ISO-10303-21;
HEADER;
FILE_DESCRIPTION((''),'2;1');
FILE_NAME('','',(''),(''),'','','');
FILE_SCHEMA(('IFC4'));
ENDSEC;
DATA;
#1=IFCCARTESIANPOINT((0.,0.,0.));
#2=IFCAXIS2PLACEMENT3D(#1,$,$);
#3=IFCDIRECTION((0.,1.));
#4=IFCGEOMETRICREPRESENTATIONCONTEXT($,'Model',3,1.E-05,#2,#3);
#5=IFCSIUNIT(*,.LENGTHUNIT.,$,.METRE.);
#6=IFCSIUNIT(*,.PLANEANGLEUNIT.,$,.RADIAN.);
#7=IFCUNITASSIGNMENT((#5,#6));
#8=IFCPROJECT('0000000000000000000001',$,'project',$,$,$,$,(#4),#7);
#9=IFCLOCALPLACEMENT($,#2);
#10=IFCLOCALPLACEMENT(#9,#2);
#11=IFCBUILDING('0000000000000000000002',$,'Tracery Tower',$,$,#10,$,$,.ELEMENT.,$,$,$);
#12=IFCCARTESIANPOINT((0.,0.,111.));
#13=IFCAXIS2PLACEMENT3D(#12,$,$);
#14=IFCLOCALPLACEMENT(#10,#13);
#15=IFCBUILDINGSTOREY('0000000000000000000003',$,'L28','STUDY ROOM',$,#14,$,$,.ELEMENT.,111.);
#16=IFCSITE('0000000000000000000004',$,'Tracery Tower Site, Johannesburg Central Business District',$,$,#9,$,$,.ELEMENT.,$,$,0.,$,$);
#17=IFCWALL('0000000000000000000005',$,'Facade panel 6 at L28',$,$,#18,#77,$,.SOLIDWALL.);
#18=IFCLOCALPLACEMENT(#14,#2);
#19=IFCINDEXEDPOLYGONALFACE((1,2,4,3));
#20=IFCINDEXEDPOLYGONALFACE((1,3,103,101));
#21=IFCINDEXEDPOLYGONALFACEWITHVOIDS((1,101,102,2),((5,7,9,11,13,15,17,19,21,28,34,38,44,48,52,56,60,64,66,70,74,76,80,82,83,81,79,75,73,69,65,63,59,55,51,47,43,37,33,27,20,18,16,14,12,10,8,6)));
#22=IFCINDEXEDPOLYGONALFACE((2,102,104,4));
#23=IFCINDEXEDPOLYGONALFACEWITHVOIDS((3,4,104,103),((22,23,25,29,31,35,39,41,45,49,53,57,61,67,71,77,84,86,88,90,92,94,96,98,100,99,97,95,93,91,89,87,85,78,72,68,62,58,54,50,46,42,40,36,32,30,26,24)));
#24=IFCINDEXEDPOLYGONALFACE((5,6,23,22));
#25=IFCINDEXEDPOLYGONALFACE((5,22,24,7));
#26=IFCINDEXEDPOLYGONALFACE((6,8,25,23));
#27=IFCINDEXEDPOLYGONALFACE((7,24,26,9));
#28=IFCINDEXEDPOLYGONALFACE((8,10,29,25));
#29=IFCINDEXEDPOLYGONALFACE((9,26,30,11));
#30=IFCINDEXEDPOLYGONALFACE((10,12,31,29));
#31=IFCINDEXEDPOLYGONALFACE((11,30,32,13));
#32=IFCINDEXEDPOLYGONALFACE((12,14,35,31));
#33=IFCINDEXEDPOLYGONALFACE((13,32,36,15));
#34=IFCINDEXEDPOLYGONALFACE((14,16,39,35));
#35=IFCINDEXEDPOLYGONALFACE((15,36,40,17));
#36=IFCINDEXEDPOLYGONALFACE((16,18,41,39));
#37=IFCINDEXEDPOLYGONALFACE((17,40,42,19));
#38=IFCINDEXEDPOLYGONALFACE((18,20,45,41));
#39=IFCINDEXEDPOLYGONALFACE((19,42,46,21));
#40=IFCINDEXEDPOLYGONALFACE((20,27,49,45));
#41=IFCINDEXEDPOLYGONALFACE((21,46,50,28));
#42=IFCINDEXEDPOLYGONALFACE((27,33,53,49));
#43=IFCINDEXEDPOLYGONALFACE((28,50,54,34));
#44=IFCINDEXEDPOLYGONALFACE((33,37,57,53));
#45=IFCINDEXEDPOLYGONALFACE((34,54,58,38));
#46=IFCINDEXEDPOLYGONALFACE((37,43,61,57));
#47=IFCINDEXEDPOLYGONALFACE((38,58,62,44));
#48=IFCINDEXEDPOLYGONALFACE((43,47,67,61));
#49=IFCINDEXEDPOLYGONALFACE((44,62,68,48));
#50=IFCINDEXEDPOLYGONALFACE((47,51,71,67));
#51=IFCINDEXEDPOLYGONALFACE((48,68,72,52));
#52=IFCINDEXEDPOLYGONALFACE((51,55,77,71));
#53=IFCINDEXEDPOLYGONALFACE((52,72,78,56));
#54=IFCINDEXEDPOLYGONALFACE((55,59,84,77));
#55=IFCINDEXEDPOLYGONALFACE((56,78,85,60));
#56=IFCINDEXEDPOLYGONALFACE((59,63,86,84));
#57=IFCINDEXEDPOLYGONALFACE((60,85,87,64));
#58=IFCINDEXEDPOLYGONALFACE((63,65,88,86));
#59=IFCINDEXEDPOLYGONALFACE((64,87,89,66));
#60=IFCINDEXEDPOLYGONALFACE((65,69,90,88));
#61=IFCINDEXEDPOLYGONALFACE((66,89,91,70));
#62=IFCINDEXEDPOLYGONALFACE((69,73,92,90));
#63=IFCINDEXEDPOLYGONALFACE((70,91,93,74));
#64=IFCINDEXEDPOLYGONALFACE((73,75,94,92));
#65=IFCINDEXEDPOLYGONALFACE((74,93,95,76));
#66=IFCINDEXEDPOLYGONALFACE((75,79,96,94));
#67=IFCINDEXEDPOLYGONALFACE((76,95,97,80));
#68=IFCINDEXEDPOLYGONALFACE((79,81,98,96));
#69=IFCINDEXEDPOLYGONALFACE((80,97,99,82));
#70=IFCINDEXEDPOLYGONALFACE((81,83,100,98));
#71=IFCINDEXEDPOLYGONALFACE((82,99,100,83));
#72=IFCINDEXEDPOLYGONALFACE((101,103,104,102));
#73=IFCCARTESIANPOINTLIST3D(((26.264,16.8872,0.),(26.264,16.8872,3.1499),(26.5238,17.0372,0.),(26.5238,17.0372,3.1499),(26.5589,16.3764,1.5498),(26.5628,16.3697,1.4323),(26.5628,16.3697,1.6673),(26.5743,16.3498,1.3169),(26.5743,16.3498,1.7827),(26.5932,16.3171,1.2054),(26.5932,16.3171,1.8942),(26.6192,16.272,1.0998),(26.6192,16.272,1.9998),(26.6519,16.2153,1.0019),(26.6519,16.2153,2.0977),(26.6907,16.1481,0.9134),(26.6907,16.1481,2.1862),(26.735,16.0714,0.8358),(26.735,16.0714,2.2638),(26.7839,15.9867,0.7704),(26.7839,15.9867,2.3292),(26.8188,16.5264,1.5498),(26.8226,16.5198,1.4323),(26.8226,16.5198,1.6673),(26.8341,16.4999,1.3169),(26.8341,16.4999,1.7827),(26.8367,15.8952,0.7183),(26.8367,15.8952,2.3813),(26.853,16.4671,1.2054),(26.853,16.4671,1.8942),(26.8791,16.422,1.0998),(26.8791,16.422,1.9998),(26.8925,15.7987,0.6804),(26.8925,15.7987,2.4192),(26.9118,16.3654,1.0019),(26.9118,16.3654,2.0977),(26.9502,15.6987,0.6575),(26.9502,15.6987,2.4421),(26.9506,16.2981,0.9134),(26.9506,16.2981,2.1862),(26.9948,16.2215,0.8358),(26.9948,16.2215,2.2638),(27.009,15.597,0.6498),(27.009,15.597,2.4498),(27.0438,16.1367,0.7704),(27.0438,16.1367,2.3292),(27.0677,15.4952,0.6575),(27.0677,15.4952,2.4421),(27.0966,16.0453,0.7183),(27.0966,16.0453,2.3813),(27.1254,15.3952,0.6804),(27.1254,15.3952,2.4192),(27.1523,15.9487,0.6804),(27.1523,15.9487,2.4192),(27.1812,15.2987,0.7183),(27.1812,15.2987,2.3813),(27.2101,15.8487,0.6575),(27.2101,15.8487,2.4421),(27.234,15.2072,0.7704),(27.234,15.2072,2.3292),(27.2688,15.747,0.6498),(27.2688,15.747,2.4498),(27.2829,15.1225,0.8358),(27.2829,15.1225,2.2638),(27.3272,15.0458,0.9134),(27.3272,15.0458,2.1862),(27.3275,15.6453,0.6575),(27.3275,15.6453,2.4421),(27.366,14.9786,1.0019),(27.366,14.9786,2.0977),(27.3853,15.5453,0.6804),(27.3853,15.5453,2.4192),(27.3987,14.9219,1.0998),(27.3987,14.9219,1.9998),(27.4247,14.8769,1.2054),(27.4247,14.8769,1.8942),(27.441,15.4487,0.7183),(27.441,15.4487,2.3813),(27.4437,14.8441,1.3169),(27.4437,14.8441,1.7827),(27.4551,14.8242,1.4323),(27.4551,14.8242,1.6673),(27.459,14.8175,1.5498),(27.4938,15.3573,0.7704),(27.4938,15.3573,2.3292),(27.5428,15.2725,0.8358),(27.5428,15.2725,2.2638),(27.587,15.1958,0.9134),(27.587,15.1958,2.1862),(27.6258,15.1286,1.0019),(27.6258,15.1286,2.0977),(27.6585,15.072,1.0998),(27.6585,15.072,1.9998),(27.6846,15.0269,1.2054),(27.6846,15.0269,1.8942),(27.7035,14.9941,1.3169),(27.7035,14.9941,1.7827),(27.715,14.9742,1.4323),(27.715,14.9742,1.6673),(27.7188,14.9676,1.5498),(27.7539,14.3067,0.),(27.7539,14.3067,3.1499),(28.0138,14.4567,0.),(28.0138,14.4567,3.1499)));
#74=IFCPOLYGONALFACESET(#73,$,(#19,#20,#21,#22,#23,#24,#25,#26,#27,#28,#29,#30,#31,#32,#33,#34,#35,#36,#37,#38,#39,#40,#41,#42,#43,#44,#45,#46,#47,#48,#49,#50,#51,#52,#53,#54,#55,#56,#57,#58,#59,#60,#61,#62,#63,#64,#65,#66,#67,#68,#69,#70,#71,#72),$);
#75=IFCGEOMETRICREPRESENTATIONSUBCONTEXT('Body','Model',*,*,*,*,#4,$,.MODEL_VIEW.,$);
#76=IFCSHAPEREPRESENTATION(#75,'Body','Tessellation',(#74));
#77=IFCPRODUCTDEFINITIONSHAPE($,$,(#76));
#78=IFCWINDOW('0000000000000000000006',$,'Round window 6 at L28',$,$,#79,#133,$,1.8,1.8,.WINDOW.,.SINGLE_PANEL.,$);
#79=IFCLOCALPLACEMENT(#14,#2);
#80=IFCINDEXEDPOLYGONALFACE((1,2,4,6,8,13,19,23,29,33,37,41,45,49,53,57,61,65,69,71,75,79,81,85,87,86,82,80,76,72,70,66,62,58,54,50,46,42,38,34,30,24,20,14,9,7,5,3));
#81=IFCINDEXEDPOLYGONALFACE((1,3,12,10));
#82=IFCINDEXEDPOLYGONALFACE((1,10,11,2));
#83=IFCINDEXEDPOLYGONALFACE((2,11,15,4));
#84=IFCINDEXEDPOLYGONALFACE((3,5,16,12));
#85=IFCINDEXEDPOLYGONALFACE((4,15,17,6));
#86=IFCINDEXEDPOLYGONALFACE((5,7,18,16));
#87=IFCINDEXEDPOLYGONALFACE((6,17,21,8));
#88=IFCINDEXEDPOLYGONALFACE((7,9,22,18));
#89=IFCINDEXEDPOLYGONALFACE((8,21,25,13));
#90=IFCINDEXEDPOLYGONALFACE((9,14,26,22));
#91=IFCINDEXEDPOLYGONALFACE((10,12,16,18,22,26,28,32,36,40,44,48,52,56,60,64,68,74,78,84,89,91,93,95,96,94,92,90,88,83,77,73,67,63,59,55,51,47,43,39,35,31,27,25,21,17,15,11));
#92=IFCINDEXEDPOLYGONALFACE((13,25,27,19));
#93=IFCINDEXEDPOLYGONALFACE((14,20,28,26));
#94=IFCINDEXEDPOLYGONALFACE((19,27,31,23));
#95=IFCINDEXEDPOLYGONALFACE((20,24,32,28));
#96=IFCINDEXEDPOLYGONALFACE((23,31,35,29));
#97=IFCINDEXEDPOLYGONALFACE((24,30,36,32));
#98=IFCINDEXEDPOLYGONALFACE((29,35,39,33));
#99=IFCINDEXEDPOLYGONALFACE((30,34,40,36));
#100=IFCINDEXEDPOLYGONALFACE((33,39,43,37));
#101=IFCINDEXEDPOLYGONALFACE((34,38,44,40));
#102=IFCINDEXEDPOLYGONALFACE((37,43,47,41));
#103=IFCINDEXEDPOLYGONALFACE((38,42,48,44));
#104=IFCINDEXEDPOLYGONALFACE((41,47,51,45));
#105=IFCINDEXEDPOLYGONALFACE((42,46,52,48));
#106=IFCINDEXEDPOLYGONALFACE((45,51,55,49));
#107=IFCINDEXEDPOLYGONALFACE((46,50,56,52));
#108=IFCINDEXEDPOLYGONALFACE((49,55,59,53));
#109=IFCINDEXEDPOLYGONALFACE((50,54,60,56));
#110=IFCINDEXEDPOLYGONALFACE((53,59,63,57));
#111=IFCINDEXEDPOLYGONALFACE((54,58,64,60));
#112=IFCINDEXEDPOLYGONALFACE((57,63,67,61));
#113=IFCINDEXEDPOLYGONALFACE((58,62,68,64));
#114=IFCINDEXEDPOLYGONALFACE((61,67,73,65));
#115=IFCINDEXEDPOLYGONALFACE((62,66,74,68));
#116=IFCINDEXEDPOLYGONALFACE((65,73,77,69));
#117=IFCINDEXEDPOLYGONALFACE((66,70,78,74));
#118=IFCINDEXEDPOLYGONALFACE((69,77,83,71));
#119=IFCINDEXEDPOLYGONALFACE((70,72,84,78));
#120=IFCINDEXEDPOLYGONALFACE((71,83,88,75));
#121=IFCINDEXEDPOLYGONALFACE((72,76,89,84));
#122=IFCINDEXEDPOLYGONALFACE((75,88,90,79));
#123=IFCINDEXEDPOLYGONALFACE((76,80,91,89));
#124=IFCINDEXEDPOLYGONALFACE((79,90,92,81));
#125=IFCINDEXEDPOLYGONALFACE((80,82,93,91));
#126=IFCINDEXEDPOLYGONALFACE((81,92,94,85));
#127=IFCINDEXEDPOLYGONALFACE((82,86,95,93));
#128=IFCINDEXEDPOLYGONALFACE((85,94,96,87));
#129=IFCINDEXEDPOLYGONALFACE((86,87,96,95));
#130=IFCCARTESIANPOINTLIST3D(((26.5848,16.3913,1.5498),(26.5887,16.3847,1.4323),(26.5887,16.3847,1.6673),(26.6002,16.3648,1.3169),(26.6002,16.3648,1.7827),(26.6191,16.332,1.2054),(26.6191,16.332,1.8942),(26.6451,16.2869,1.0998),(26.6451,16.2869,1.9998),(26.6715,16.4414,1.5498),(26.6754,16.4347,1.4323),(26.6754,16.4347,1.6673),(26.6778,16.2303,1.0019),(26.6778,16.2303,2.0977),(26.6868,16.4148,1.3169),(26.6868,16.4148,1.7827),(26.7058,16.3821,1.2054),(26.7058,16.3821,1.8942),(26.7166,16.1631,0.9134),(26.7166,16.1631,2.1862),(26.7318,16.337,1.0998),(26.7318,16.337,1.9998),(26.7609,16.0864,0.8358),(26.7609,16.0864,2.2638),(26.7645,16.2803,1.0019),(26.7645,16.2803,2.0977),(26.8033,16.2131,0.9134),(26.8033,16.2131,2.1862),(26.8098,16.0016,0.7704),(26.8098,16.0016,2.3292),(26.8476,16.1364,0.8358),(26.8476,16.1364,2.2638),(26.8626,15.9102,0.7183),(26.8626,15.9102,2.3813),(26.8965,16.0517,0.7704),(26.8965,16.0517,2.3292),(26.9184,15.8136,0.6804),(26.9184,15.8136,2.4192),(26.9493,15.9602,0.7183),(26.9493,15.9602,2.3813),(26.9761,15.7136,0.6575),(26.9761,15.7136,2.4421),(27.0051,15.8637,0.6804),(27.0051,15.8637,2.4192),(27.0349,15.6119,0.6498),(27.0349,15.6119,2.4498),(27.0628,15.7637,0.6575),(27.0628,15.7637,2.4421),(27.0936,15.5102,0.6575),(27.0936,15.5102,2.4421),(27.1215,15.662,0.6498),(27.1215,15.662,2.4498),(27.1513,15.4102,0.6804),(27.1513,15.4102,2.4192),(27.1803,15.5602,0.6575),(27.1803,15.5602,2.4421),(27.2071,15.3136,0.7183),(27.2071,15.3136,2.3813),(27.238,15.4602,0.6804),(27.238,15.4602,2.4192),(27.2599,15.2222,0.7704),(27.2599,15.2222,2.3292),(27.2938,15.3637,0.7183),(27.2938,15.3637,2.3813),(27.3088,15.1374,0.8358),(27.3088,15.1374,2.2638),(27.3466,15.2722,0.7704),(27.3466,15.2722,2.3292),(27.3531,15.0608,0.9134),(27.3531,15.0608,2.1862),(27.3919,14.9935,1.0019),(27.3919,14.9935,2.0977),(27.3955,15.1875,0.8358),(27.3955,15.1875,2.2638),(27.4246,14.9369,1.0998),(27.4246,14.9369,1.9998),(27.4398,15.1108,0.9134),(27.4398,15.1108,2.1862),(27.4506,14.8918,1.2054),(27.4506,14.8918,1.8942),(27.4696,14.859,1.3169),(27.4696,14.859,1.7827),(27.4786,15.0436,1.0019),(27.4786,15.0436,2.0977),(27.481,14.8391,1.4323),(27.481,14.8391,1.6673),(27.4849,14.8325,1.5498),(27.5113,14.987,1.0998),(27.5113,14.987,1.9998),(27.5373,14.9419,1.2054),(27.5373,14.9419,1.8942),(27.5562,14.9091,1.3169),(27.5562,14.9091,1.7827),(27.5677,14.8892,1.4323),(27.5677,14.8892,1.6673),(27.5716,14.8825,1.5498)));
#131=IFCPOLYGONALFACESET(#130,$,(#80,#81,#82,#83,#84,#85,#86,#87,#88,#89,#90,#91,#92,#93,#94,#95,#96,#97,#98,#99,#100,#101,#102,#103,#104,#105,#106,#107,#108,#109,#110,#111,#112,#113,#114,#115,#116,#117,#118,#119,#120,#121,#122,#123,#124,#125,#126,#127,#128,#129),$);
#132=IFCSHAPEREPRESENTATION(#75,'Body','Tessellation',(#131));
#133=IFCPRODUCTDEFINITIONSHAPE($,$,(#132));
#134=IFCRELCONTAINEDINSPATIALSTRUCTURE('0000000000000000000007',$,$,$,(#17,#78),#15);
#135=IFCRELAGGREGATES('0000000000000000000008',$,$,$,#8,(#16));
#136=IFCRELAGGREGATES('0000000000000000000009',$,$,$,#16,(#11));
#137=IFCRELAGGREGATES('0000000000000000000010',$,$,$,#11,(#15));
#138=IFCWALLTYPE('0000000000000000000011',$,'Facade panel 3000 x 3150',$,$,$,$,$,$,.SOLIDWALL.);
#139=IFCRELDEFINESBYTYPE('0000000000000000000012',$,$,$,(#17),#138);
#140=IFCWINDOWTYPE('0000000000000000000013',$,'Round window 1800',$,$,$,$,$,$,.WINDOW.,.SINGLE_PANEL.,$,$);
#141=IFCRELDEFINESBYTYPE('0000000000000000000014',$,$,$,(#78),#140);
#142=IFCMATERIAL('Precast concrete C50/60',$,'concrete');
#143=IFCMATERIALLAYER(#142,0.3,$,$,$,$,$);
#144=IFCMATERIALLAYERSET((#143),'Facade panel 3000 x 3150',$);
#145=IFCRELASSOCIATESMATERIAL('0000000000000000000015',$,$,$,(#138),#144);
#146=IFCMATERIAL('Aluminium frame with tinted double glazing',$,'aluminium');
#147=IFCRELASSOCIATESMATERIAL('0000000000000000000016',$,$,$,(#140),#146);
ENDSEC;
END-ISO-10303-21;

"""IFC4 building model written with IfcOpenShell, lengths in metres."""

from ifc_helpers import new_model, si_unit, direction, frame, frame_2d, origin, origin_2d, place, context, subcontext, project, spatial, rectangle, circle, extrude, material, layer, layer_set, type_object, element, fill, save


model = new_model("IFC4")

# Units and contexts
model_context = context("Model", 3, precision=1e-05, world=origin(), true_north=direction((0.0, 1.0)))
body_context = subcontext(model_context, "Body", "Model", "MODEL_VIEW")
ifc_project = project(units=[si_unit("LENGTHUNIT", "METRE"), si_unit("PLANEANGLEUNIT", "RADIAN")], contexts=[model_context])

# Site, building, storey
site_placement = place(None, origin())
site = spatial("IfcSite", under=ifc_project, at=site_placement, Name="Tracery Tower Site, Johannesburg Central Business District", CompositionType="ELEMENT", RefElevation=0.0)
building_placement = place(site_placement, origin())
building = spatial("IfcBuilding", under=site, at=building_placement, Name="Tracery Tower", CompositionType="ELEMENT")
storey_placement = place(building_placement, frame((0.0, 0.0, 111.0)))
storey = spatial("IfcBuildingStorey", under=building, at=storey_placement, Name="L28", Description="STUDY ROOM", CompositionType="ELEMENT", Elevation=111.0)

# Wall, opening, window
ifc_material_1 = material(Name="Precast concrete C50/60", Category="concrete")
ifc_layer_1 = layer(ifc_material_1, 0.3)
ifc_layer_set_1 = layer_set([ifc_layer_1], Name="Facade panel 3000 x 3150")
wall_type_1 = type_object("IfcWallType", Name="Facade panel 3000 x 3150", PredefinedType="SOLIDWALL", material=ifc_layer_set_1)
wall_1_placement = place(storey_placement, frame((27.8838, 14.3818, 0.0), z_axis=(0.0, 0.0, 1.0), x_axis=(-0.500025, 0.866011, 0.0)))
wall_1 = element("IfcWall", 1, at=wall_1_placement, inside=storey, type_object=wall_type_1, Name="Facade panel 6 at L28", PredefinedType="SOLIDWALL", context=body_context, shape_type="SweptSolid", body=[
    extrude(rectangle(XDim=2.9797, YDim=0.3, at=frame_2d((1.4897, 0.0))), origin(), (0.0, 0.0, 1.0), 3.1499),
])
opening_1_placement = place(wall_1_placement, frame((1.4897, 0.0, 1.5498)))
opening_1 = element("IfcOpeningElement", 2, at=opening_1_placement, cuts=wall_1, PredefinedType="OPENING", context=body_context, shape_type="SweptSolid", body=[
    extrude(circle(Radius=0.9, at=origin_2d()), frame((0.0, 0.1599, 0.0), z_axis=(0.0, -1.0, 0.0), x_axis=(1.0, 0.0, 0.0)), (0.0, 0.0, 1.0), 0.3201),
])
ifc_material_2 = material(Name="Aluminium frame with tinted double glazing", Category="aluminium")
window_type = type_object("IfcWindowType", Name="Round window 1800", PartitioningType="SINGLE_PANEL", PredefinedType="WINDOW", material=ifc_material_2)
window_1_placement = place(opening_1_placement, origin())
window_1 = element("IfcWindow", 3, at=window_1_placement, inside=storey, type_object=window_type, Name="Round window 6 at L28", OverallHeight=1.8, OverallWidth=1.8, PartitioningType="SINGLE_PANEL", PredefinedType="WINDOW", context=body_context, shape_type="SweptSolid", body=[
    extrude(circle(Radius=0.9, at=origin_2d()), frame((0.0, 0.1201, 0.0), z_axis=(0.0, -1.0, 0.0), x_axis=(1.0, 0.0, 0.0)), (0.0, 0.0, 1.0), 0.1001),
])
fill(opening_1, window_1)

save(model, "model.ifc")
